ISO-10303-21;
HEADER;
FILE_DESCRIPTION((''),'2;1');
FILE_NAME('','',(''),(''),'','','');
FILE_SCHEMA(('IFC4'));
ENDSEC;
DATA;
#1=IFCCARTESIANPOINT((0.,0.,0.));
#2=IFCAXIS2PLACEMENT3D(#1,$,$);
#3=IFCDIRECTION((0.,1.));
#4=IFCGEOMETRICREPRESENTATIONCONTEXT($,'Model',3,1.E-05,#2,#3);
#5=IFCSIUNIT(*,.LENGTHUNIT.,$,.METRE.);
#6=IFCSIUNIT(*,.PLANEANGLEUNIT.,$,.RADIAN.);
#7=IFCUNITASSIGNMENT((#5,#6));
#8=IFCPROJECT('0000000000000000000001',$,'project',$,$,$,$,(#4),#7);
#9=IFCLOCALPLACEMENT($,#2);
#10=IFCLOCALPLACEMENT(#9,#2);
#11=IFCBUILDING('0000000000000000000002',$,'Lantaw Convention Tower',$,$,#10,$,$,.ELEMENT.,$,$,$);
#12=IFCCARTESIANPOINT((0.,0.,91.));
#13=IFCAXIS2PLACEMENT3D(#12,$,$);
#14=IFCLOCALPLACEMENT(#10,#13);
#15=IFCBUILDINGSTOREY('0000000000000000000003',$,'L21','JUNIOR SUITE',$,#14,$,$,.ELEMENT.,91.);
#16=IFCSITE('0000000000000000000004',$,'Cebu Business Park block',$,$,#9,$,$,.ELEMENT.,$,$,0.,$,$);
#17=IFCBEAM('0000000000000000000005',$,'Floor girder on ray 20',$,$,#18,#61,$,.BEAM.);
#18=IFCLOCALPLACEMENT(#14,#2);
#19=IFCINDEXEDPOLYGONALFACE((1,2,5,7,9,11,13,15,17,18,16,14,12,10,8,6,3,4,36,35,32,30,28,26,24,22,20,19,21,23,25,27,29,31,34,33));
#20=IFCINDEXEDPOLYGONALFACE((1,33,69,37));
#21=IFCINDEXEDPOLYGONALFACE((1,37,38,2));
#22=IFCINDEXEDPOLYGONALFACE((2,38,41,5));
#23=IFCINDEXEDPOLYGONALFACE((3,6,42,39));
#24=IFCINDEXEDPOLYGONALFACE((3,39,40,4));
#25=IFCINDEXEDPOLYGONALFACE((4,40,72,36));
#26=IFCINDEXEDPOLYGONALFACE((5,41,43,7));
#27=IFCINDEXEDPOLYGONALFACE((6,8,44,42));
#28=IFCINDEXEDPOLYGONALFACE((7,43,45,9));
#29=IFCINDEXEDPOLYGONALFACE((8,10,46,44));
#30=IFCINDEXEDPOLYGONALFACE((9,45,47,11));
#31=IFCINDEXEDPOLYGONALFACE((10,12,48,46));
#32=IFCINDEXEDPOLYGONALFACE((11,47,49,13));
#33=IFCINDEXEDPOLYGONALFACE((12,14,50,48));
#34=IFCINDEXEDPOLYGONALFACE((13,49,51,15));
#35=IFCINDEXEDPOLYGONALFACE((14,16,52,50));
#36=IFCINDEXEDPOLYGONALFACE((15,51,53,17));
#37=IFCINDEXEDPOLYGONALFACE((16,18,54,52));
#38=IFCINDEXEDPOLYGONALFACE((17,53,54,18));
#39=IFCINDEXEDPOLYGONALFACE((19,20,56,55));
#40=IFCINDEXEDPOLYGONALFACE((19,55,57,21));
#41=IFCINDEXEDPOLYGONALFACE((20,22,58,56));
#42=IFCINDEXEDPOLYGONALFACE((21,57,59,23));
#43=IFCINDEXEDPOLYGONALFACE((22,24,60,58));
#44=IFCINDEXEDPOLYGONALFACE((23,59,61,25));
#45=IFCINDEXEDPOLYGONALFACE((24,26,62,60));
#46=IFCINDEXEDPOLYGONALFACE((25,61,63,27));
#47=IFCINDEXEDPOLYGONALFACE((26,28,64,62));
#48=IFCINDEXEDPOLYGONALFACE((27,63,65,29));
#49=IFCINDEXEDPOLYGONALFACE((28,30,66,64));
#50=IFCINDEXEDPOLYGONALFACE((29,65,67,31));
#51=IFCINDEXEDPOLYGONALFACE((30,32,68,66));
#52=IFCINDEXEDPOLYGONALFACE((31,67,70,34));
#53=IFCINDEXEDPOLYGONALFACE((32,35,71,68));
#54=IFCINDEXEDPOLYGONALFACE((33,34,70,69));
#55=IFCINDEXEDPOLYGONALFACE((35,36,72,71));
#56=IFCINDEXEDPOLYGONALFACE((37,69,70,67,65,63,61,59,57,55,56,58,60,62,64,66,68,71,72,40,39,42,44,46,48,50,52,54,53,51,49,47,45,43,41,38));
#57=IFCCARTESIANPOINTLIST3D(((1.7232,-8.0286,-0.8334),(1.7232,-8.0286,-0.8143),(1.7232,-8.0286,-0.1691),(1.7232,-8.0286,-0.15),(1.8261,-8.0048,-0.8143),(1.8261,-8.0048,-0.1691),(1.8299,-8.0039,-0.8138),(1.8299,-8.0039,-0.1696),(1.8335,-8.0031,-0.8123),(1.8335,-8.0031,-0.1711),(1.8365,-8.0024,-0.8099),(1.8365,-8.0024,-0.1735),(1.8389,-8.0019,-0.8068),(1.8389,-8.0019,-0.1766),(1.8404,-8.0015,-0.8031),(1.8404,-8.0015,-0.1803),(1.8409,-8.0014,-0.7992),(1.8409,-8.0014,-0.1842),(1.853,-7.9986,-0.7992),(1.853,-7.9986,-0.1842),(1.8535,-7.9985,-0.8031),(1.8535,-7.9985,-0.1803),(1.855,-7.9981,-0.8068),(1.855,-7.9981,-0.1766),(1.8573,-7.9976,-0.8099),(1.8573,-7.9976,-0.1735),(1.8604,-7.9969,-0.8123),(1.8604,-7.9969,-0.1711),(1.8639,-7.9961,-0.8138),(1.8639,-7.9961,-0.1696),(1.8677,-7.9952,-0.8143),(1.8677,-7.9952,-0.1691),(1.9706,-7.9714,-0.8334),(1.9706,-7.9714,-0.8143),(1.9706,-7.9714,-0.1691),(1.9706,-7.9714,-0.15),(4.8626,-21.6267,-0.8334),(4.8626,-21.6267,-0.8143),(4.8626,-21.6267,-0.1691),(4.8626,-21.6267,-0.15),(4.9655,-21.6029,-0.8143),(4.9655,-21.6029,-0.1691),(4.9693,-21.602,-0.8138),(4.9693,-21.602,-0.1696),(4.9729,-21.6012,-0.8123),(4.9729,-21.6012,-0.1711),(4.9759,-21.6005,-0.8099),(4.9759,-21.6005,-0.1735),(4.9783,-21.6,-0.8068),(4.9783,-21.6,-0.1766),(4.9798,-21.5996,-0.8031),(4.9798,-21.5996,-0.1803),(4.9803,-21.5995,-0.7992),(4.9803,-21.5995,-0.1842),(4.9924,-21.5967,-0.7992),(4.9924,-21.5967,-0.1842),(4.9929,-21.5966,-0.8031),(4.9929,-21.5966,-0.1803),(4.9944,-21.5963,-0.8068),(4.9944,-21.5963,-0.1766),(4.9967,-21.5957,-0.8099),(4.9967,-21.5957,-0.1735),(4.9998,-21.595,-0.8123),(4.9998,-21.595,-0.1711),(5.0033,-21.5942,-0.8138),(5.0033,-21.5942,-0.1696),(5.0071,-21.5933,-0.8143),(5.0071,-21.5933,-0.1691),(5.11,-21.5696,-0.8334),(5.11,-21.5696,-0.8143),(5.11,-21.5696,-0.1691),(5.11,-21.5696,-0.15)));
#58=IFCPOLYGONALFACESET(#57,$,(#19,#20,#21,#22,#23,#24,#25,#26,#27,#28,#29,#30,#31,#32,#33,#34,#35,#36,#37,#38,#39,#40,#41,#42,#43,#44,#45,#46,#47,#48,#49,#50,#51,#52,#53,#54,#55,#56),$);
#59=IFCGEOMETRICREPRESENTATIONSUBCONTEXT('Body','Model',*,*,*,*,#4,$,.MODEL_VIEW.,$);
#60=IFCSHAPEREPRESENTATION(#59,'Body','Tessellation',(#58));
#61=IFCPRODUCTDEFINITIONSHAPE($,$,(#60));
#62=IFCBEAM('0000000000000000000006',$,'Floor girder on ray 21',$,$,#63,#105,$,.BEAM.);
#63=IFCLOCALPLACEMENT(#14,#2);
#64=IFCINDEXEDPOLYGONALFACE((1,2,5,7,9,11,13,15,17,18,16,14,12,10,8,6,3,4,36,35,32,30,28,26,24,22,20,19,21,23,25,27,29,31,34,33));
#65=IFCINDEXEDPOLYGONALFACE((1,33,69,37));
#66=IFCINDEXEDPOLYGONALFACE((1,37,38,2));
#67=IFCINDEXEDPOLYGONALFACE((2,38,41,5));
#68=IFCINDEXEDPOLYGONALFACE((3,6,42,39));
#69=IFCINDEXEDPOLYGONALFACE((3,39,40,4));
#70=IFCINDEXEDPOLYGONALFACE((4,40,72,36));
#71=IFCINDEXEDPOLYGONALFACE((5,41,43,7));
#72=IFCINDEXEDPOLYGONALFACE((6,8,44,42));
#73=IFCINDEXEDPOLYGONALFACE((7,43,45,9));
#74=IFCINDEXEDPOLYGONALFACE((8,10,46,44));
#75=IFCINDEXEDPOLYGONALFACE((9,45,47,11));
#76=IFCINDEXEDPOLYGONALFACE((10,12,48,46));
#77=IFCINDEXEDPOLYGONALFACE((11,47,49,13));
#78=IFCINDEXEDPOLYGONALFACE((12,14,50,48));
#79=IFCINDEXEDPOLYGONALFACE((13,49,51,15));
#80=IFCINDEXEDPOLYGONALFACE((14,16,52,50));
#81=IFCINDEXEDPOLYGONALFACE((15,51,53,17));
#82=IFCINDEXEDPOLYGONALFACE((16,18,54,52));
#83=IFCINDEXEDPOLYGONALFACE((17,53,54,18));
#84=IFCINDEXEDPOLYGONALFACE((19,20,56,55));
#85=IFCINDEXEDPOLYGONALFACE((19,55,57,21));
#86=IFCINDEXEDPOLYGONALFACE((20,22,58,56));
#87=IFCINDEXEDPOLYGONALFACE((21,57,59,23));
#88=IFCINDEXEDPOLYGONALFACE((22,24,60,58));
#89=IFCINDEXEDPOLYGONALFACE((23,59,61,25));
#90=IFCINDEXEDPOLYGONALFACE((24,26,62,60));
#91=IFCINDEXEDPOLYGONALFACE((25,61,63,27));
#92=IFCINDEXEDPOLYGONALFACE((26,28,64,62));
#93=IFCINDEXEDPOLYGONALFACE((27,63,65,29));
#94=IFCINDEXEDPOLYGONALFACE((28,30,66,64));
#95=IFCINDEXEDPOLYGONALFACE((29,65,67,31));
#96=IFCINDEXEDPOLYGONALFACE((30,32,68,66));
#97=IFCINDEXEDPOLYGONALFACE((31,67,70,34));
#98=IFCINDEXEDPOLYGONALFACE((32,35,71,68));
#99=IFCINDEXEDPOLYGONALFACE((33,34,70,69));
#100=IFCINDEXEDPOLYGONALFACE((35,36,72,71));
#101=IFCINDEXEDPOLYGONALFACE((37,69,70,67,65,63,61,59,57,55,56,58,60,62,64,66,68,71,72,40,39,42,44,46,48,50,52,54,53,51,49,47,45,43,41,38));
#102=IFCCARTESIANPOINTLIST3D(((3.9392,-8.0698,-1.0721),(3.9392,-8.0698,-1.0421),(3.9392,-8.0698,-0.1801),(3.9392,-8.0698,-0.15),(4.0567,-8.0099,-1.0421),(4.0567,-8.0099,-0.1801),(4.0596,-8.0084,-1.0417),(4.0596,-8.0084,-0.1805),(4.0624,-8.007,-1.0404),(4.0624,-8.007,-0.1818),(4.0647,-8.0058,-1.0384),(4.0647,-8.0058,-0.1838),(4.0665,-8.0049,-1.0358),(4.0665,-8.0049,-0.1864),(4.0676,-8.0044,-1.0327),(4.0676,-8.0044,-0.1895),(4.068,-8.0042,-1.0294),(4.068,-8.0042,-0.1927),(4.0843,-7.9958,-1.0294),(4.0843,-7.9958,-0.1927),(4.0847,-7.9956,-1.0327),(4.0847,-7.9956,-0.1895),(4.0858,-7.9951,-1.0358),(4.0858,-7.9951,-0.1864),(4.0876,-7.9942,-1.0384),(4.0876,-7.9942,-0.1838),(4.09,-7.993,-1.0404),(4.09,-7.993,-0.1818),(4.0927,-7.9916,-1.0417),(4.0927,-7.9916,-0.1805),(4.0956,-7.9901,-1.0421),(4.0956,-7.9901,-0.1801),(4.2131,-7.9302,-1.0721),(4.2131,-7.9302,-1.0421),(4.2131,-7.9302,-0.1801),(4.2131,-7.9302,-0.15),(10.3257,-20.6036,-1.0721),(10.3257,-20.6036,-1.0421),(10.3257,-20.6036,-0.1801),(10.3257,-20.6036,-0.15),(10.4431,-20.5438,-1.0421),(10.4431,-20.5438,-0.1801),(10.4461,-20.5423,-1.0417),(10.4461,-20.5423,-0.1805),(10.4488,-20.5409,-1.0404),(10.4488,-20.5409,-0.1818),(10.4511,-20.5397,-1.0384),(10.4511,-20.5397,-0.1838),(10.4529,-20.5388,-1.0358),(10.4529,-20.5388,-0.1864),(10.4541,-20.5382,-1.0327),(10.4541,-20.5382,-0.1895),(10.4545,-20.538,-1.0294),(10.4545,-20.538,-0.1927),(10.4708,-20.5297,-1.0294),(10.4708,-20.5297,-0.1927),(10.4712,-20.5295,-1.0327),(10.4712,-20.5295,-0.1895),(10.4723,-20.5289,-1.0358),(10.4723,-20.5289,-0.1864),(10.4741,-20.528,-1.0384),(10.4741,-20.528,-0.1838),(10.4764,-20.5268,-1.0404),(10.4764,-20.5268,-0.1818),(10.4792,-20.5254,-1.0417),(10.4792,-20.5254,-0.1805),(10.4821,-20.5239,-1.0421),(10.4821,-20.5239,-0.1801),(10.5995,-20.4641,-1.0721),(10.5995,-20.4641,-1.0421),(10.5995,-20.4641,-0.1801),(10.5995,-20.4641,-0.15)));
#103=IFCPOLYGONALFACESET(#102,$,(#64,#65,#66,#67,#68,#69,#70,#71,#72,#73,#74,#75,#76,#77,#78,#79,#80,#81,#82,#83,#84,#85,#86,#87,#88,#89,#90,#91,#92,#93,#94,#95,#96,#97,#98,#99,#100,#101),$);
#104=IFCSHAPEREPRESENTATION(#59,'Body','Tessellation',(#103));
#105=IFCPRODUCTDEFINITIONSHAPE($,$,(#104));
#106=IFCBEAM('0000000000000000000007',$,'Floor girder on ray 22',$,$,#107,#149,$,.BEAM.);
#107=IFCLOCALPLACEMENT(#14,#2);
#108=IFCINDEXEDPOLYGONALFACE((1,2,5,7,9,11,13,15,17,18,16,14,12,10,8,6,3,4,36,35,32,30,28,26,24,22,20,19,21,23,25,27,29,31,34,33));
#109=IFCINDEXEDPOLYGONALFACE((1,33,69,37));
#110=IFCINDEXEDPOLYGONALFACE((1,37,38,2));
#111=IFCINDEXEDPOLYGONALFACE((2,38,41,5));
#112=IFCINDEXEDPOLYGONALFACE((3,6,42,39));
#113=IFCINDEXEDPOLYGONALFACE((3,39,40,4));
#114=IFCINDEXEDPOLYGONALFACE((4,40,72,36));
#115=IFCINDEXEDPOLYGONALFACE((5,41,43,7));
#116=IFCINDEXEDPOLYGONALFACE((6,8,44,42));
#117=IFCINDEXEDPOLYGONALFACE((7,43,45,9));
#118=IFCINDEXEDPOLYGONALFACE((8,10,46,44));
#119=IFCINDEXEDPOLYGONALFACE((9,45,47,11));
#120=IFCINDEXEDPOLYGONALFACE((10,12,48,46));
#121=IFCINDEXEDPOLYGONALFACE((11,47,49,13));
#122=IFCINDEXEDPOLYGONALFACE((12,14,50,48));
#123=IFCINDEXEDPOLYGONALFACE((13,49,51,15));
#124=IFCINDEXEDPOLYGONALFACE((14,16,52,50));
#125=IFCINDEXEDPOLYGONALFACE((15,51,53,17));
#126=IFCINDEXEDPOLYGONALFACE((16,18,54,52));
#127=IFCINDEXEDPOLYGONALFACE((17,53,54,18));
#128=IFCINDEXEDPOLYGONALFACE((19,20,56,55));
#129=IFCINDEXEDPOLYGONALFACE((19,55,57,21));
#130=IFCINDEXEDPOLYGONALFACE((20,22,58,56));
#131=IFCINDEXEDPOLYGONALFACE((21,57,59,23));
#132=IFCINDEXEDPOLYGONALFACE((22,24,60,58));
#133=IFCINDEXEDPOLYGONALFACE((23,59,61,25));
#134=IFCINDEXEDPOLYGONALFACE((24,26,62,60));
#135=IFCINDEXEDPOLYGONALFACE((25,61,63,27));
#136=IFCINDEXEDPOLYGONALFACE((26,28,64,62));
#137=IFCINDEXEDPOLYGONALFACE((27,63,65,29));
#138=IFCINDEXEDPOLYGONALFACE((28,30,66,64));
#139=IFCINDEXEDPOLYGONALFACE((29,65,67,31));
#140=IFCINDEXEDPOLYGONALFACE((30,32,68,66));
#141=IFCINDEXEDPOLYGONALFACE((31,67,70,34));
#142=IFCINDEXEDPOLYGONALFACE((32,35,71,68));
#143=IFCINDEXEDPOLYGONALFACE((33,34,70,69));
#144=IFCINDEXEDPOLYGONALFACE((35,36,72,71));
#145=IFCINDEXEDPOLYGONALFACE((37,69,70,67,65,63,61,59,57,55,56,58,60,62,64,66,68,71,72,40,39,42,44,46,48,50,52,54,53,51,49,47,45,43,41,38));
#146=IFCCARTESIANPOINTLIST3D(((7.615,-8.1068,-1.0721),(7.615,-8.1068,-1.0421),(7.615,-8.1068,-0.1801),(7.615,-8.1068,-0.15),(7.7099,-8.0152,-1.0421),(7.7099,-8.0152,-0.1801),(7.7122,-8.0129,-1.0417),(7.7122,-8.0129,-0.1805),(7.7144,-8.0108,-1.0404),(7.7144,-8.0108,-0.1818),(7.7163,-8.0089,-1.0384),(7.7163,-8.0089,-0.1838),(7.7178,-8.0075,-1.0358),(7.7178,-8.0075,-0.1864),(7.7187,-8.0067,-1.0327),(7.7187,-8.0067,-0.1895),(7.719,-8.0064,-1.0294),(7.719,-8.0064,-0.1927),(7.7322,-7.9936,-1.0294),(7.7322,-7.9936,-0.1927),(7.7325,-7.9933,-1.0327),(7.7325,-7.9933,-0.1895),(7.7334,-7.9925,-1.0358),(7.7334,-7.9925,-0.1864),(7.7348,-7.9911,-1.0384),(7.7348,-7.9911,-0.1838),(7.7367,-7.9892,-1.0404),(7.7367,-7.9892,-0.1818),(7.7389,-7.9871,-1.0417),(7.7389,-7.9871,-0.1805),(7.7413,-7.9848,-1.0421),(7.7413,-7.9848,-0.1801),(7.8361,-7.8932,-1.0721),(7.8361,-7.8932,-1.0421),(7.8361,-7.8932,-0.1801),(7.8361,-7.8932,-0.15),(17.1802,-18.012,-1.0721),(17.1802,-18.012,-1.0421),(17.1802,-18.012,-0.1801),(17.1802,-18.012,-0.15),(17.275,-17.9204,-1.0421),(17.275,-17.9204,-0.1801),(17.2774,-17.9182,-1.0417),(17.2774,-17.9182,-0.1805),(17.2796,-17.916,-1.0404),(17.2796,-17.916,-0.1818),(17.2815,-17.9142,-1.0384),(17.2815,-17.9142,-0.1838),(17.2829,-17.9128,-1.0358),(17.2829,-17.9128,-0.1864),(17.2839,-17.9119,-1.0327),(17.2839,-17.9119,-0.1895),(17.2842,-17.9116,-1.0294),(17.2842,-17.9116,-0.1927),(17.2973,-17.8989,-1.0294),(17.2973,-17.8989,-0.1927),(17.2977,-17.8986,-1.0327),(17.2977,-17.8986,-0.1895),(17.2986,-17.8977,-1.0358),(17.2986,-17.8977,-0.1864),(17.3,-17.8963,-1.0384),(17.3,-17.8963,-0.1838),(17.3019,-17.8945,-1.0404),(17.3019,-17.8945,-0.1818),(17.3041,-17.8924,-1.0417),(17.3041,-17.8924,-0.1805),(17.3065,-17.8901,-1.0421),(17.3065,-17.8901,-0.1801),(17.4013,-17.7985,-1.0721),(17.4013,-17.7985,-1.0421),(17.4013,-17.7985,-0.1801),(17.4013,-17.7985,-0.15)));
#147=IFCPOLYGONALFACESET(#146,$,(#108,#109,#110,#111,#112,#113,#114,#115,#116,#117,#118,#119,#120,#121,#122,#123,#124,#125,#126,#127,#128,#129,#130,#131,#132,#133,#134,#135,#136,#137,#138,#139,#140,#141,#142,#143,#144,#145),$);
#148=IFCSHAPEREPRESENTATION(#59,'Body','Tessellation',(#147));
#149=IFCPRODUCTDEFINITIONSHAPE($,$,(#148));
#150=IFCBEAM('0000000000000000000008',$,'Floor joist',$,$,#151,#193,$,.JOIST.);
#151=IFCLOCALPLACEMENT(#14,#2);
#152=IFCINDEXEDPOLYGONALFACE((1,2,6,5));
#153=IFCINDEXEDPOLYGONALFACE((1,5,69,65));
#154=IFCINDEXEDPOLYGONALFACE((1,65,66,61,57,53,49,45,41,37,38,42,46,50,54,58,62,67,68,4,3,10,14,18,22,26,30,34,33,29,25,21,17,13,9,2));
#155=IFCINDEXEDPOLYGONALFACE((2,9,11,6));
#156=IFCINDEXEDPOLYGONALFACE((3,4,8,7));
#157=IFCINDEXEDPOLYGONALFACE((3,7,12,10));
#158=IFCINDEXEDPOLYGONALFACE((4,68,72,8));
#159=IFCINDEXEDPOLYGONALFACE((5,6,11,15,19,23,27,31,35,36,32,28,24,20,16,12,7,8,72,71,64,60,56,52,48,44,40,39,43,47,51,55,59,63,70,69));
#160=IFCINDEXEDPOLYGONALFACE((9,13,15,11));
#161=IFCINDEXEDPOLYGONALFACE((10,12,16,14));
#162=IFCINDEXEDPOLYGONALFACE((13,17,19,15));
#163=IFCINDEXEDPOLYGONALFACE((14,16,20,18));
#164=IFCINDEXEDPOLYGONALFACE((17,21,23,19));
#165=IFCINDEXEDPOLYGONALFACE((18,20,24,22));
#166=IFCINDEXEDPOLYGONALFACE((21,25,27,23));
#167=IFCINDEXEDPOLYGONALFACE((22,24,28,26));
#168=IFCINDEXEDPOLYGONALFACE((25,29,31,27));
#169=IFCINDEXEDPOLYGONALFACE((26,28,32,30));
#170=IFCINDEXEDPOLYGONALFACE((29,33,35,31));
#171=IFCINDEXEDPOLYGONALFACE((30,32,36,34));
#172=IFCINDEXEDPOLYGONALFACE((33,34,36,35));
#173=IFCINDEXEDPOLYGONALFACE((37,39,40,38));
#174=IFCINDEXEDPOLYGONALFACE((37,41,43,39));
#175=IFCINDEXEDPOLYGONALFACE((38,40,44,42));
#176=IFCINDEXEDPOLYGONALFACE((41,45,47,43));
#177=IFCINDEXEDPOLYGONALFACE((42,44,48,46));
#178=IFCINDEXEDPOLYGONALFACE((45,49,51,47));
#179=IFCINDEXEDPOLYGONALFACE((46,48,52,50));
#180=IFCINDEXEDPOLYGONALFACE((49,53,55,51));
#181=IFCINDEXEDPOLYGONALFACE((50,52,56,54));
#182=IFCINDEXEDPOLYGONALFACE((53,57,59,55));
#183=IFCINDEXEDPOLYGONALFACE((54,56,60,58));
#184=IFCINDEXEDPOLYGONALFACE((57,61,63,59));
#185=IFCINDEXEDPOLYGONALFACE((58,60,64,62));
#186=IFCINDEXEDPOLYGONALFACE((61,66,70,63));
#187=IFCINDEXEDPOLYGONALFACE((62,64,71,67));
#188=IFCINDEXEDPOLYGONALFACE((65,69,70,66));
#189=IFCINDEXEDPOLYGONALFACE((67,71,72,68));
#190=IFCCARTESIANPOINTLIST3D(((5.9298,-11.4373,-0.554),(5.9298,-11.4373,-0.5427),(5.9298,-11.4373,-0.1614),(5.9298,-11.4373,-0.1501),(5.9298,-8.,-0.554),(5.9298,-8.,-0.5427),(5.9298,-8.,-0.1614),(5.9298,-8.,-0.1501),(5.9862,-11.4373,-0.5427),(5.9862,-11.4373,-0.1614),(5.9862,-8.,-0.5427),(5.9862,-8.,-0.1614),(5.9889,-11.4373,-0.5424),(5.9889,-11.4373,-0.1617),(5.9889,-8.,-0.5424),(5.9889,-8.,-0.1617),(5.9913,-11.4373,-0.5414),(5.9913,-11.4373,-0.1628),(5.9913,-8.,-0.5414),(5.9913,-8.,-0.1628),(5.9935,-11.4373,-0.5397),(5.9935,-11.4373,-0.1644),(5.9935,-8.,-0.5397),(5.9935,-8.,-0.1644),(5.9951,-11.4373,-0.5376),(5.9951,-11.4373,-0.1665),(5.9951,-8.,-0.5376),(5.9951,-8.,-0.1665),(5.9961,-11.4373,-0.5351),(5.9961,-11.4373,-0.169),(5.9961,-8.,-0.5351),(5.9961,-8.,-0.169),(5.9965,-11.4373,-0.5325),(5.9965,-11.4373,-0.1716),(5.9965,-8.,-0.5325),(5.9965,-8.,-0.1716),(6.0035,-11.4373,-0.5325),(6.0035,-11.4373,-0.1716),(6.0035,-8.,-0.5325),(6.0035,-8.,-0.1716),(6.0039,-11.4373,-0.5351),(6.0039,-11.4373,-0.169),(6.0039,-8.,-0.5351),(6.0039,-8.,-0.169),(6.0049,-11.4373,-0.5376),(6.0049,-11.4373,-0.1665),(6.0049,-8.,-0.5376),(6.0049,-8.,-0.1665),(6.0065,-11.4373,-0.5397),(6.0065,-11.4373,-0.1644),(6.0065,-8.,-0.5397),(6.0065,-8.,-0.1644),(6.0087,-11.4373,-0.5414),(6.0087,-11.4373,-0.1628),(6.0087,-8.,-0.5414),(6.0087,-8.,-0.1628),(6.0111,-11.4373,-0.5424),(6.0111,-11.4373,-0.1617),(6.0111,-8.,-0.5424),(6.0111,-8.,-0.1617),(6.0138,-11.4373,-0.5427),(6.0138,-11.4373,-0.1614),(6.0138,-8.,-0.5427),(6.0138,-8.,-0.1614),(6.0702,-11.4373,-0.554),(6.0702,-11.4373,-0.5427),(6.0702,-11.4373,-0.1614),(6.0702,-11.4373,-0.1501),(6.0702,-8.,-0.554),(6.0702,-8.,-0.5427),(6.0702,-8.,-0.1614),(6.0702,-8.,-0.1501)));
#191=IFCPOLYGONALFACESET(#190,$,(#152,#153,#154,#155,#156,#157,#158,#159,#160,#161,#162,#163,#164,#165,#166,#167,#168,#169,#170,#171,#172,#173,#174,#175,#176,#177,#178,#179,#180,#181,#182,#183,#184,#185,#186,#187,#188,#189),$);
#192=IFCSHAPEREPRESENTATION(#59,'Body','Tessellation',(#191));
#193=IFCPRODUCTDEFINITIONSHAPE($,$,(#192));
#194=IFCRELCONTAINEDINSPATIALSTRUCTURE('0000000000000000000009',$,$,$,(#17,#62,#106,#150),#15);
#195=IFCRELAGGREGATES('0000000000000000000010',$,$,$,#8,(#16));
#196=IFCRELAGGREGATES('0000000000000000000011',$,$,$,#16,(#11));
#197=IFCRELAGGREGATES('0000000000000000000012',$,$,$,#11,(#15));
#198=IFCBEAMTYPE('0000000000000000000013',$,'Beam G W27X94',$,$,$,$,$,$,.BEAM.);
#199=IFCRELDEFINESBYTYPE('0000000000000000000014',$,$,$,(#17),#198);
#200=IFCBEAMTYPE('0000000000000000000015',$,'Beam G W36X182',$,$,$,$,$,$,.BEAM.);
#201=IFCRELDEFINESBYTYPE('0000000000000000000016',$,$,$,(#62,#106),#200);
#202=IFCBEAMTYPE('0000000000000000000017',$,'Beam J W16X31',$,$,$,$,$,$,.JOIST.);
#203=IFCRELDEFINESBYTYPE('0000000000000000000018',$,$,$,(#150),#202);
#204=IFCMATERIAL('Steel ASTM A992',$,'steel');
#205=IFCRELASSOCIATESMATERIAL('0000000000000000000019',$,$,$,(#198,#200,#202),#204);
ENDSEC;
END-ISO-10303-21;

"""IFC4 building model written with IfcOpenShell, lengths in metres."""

from ifc_helpers import new_model, si_unit, direction, frame, origin, origin_2d, place, context, subcontext, project, spatial, i_section, extrude, material, material_profile, profile_set, type_object, element, save


model = new_model("IFC4")

# Units and contexts
model_context = context("Model", 3, precision=1e-05, world=origin(), true_north=direction((0.0, 1.0)))
body_context = subcontext(model_context, "Body", "Model", "MODEL_VIEW")
ifc_project = project(units=[si_unit("LENGTHUNIT", "METRE"), si_unit("PLANEANGLEUNIT", "RADIAN")], contexts=[model_context])

# Site, building, storey
site_placement = place(None, origin())
site = spatial("IfcSite", under=ifc_project, at=site_placement, Name="Cebu Business Park block", CompositionType="ELEMENT", RefElevation=0.0)
building_placement = place(site_placement, origin())
building = spatial("IfcBuilding", under=site, at=building_placement, Name="Lantaw Convention Tower", CompositionType="ELEMENT")
storey_placement = place(building_placement, frame((0.0, 0.0, 91.0)))
storey = spatial("IfcBuildingStorey", under=building, at=storey_placement, Name="L21", Description="JUNIOR SUITE", CompositionType="ELEMENT", Elevation=91.0)

# Beams
ifc_material_1 = material(Name="Steel ASTM A992", Category="steel")
ifc_material_profile_1 = material_profile(ifc_material_1, i_section(OverallWidth=0.2539, OverallDepth=0.6833, WebThickness=0.0125, FlangeThickness=0.019, FilletRadius=0.0151, at=origin_2d()), Name="W27X94")
ifc_profile_set_1 = profile_set([ifc_material_profile_1], Name="Steel ASTM A992")
beam_type_1 = type_object("IfcBeamType", Name="Beam G W27X94", PredefinedType="BEAM", material=ifc_profile_set_1)
beam_1_placement = place(storey_placement, frame((1.8469, -8.0, -0.4917), z_axis=(0.224953, -0.97437, 0.0), x_axis=(0.97437, 0.224953, 0.0)))
element("IfcBeam", 1, at=beam_1_placement, inside=storey, type_object=beam_type_1, Name="Floor girder on ray 20", PredefinedType="BEAM", context=body_context, shape_type="SweptSolid", body=[
    extrude(i_section(OverallWidth=0.2539, OverallDepth=0.6833, WebThickness=0.0125, FlangeThickness=0.019, FilletRadius=0.0151, at=origin_2d()), origin(), (0.0, 0.0, 1.0), 13.9558),
])
ifc_material_profile_2 = material_profile(ifc_material_1, i_section(OverallWidth=0.3074, OverallDepth=0.9221, WebThickness=0.0183, FlangeThickness=0.03, FilletRadius=0.0127, at=origin_2d()), Name="W36X182")
ifc_profile_set_2 = profile_set([ifc_material_profile_2], Name="Steel ASTM A992")
beam_type_2 = type_object("IfcBeamType", Name="Beam G W36X182", PredefinedType="BEAM", material=ifc_profile_set_2)
beam_2_placement = place(storey_placement, frame((4.0762, -8.0, -0.6111), z_axis=(0.453997, -0.891003, 0.0), x_axis=(0.891003, 0.453997, 0.0)))
element("IfcBeam", 2, at=beam_2_placement, inside=storey, type_object=beam_type_2, Name="Floor girder on ray 21", PredefinedType="BEAM", context=body_context, shape_type="SweptSolid", body=[
    extrude(i_section(OverallWidth=0.3074, OverallDepth=0.9221, WebThickness=0.0183, FlangeThickness=0.03, FilletRadius=0.0127, at=origin_2d()), origin(), (0.0, 0.0, 1.0), 14.0671),
])
beam_3_placement = place(storey_placement, frame((7.7256, -8.0, -0.6111), z_axis=(0.69465, -0.719348, 0.0), x_axis=(0.719348, 0.69465, 0.0)))
element("IfcBeam", 3, at=beam_3_placement, inside=storey, type_object=beam_type_2, Name="Floor girder on ray 22", PredefinedType="BEAM", context=body_context, shape_type="SweptSolid", body=[
    extrude(i_section(OverallWidth=0.3074, OverallDepth=0.9221, WebThickness=0.0183, FlangeThickness=0.03, FilletRadius=0.0127, at=origin_2d()), origin(), (0.0, 0.0, 1.0), 13.7698),
])
ifc_material_profile_3 = material_profile(ifc_material_1, i_section(OverallWidth=0.1404, OverallDepth=0.4038, WebThickness=0.0071, FlangeThickness=0.0112, FilletRadius=0.0103, at=origin_2d()), Name="W16X31")
ifc_profile_set_3 = profile_set([ifc_material_profile_3], Name="Steel ASTM A992")
beam_type_3 = type_object("IfcBeamType", Name="Beam J W16X31", PredefinedType="JOIST", material=ifc_profile_set_3)
beam_4_placement = place(storey_placement, frame((6.0, -11.4373, -0.3521), z_axis=(0.0, 1.0, 0.0), x_axis=(-1.0, 0.0, 0.0)))
element("IfcBeam", 4, at=beam_4_placement, inside=storey, type_object=beam_type_3, Name="Floor joist", PredefinedType="JOIST", context=body_context, shape_type="SweptSolid", body=[
    extrude(i_section(OverallWidth=0.1404, OverallDepth=0.4038, WebThickness=0.0071, FlangeThickness=0.0112, FilletRadius=0.0103, at=origin_2d()), origin(), (0.0, 0.0, 1.0), 3.4373),
])

save(model, "model.ifc")
